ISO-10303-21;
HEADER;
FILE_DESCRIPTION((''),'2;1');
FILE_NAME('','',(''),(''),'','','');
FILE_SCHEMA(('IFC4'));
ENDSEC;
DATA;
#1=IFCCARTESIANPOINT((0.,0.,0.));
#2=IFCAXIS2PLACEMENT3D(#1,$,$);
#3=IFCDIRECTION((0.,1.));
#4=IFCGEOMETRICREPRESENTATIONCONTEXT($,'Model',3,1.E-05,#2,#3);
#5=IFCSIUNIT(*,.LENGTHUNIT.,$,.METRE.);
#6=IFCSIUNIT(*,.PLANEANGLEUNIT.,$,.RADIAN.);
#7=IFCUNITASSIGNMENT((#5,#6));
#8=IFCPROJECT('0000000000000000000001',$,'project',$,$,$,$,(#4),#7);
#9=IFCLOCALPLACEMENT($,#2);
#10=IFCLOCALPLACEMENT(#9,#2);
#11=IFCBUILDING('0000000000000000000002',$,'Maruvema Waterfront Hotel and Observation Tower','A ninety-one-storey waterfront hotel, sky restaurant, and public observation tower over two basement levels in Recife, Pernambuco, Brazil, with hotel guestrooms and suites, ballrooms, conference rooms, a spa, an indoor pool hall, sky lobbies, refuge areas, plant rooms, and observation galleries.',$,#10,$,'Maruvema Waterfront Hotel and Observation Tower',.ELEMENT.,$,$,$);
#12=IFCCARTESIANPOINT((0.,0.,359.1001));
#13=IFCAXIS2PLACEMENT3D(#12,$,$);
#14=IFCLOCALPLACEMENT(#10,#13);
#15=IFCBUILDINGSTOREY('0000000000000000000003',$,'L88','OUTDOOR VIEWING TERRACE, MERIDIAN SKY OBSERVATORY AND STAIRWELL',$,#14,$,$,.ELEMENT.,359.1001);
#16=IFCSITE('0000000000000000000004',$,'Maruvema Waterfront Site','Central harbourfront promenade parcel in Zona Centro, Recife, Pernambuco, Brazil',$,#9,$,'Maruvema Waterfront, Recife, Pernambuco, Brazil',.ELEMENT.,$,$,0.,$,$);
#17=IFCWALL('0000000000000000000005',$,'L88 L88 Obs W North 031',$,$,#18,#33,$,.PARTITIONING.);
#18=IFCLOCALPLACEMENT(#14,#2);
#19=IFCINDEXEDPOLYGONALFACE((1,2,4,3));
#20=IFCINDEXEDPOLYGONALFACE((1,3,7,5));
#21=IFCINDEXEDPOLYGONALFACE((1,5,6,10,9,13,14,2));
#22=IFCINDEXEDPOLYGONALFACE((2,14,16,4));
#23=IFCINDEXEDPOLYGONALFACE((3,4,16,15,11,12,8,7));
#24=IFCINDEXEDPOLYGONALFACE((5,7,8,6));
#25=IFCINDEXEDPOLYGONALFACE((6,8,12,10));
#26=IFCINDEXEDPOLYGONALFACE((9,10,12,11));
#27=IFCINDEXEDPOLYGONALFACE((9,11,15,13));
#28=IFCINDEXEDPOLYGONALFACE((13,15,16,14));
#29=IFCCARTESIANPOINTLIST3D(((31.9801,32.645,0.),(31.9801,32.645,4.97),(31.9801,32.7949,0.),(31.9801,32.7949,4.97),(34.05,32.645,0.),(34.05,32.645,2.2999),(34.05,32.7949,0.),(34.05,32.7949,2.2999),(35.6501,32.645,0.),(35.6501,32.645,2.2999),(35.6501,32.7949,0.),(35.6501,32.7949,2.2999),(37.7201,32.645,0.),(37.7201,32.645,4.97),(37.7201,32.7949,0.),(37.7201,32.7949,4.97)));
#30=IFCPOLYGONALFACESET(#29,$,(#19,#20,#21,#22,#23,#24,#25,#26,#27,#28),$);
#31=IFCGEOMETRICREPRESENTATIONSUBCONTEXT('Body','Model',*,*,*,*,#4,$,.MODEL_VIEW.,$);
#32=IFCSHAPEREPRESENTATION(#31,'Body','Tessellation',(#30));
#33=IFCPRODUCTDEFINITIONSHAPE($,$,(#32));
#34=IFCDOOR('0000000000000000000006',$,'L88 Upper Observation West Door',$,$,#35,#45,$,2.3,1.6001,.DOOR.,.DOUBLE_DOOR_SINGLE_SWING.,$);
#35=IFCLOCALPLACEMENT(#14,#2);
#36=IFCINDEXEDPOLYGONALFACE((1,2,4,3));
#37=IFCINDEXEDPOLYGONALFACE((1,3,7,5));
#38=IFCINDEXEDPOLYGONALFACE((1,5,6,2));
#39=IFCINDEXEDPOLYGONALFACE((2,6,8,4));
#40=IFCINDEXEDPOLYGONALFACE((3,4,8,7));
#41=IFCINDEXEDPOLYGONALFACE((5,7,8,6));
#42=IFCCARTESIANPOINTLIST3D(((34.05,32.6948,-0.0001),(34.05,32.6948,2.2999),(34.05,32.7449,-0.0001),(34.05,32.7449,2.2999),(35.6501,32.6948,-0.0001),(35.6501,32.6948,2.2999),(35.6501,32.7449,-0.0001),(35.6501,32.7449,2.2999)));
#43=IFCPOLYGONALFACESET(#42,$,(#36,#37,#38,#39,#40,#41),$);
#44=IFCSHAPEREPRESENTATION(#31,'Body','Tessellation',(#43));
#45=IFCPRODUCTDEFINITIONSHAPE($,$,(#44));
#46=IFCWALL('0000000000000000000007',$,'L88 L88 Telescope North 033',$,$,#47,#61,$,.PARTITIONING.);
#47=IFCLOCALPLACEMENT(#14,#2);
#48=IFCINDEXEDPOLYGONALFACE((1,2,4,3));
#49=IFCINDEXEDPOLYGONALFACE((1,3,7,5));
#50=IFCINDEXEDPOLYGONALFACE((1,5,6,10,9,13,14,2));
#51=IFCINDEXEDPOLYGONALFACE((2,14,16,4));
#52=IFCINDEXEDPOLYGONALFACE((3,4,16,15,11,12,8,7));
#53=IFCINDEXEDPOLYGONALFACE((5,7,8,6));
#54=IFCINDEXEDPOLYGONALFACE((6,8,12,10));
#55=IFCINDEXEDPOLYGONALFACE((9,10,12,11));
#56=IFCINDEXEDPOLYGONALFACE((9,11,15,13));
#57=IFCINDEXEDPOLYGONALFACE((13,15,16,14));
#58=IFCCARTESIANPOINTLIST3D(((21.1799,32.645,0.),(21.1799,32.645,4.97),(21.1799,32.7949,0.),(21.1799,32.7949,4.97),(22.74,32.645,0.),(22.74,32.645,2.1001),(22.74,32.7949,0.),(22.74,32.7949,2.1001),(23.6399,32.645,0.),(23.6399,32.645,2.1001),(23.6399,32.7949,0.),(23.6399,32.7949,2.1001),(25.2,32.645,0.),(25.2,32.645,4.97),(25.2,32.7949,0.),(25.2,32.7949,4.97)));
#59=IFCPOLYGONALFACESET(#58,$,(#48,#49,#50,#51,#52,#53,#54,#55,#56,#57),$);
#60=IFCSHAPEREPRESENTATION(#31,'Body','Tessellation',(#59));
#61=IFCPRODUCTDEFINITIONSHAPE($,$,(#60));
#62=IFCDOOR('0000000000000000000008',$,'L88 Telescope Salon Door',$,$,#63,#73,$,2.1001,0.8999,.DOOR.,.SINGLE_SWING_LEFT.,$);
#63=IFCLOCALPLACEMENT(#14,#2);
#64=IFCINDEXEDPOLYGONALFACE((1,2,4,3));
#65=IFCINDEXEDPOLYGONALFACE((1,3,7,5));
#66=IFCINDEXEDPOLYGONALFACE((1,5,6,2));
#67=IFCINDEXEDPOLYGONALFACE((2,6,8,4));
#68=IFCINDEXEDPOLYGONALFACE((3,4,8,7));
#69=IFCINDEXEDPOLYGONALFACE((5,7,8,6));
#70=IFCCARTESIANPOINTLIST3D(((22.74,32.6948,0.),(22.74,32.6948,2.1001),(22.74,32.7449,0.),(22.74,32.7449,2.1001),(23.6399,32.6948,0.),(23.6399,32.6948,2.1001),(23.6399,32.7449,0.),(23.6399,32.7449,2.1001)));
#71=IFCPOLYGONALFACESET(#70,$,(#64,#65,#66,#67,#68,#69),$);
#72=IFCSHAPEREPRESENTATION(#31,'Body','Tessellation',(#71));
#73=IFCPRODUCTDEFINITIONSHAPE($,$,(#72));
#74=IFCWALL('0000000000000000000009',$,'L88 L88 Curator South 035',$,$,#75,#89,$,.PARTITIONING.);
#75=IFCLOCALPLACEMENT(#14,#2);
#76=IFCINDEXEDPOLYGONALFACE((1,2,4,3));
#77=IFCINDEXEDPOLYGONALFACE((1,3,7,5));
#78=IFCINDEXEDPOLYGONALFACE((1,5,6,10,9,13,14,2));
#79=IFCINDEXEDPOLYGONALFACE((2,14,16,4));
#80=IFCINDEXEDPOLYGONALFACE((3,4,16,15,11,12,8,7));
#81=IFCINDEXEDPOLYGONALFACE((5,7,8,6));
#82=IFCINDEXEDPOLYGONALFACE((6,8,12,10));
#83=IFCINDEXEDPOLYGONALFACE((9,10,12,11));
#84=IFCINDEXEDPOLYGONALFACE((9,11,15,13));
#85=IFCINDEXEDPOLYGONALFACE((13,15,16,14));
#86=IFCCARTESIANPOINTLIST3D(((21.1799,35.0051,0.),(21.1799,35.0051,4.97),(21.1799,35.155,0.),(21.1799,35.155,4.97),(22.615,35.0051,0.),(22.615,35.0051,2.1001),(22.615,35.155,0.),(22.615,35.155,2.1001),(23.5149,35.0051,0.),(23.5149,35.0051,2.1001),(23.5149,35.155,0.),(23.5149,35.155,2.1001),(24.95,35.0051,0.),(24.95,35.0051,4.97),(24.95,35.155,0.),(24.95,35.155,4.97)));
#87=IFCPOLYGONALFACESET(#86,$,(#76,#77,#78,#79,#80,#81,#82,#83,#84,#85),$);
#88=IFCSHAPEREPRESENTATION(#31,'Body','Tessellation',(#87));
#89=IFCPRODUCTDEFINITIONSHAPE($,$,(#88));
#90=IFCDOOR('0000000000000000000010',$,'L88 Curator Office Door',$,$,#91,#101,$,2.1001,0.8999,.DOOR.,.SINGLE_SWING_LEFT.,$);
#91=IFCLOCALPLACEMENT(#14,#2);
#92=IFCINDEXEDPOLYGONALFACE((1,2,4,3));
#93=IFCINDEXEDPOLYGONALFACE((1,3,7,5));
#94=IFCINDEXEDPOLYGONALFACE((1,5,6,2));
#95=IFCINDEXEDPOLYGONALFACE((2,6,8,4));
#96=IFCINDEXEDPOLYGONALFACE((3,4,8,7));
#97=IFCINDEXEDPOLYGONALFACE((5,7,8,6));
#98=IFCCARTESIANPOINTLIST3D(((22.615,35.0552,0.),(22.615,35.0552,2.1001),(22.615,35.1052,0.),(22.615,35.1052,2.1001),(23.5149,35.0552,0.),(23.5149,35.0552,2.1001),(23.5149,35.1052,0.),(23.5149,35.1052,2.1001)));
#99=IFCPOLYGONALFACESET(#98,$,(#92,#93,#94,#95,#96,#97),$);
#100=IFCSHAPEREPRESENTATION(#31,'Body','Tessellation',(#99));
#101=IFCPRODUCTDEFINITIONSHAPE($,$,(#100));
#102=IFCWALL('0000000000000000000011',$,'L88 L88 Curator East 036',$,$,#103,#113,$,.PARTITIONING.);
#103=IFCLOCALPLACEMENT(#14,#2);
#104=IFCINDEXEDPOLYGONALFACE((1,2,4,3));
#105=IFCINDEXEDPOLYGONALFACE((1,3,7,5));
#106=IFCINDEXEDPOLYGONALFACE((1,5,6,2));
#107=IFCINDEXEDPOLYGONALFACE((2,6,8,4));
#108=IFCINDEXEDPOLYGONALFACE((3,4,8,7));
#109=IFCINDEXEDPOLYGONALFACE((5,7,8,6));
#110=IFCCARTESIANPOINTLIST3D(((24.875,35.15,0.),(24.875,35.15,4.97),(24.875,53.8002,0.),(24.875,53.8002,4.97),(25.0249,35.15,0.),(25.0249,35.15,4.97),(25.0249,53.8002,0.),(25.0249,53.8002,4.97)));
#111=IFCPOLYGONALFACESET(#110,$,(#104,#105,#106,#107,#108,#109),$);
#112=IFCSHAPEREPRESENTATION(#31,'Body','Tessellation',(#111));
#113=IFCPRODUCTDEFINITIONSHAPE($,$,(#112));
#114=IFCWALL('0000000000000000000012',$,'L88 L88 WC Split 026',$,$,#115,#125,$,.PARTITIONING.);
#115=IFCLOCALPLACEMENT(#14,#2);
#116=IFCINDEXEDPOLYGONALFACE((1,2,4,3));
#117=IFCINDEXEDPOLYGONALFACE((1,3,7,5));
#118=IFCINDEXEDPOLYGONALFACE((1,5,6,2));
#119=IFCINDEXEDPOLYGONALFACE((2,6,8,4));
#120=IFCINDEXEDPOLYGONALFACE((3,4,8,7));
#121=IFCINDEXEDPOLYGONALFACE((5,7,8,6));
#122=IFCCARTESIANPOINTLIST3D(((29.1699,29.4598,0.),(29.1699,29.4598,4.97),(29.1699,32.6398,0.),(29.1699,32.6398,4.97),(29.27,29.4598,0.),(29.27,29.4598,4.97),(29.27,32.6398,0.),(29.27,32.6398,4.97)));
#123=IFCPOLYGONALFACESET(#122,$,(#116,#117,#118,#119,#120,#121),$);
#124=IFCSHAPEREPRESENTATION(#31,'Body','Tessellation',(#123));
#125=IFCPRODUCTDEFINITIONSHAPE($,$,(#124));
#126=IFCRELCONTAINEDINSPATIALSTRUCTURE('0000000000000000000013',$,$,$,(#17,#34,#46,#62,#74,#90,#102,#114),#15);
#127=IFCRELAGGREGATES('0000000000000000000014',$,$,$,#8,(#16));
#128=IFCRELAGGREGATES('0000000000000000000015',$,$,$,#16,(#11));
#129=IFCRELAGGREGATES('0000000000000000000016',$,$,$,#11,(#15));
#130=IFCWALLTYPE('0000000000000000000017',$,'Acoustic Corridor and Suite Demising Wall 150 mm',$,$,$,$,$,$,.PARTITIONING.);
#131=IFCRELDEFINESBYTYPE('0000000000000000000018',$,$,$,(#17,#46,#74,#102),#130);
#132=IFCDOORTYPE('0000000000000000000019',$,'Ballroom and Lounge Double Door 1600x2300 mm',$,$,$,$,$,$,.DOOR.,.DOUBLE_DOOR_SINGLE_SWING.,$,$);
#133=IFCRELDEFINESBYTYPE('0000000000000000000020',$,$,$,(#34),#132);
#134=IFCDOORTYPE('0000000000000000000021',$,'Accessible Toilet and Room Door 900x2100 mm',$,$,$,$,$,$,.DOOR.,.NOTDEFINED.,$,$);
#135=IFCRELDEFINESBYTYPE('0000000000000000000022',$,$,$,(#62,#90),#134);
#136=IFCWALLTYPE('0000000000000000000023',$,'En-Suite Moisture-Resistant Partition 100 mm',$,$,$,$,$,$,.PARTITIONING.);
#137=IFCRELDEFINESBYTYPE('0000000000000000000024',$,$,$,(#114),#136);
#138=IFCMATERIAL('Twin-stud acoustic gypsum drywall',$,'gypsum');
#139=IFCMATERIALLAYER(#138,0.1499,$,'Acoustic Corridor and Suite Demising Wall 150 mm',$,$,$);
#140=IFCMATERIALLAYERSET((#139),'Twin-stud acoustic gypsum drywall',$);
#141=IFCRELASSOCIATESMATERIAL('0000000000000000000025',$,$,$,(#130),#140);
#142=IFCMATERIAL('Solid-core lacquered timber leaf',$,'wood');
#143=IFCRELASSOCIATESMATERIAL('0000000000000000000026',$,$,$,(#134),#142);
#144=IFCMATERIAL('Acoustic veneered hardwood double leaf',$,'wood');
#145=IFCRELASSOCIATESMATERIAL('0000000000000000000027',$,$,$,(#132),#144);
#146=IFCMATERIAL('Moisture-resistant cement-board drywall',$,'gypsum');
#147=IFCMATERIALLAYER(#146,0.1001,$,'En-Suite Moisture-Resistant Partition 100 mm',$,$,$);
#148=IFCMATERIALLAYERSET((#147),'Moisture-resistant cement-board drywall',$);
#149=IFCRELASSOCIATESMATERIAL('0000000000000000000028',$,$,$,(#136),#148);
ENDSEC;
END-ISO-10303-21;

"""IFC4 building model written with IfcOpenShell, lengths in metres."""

from ifc_helpers import new_model, si_unit, direction, frame, frame_2d, origin, place, context, subcontext, project, spatial, rectangle, extrude, material, layer, layer_set, type_object, element, fill, save


model = new_model("IFC4")

# Units and contexts
model_context = context("Model", 3, precision=1e-05, world=origin(), true_north=direction((0.0, 1.0)))
body_context = subcontext(model_context, "Body", "Model", "MODEL_VIEW")
ifc_project = project(units=[si_unit("LENGTHUNIT", "METRE"), si_unit("PLANEANGLEUNIT", "RADIAN")], contexts=[model_context])

# Site, building, storey
site_placement = place(None, origin())
site = spatial("IfcSite", under=ifc_project, at=site_placement, Name="Maruvema Waterfront Site", Description="Central harbourfront promenade parcel in Zona Centro, Recife, Pernambuco, Brazil", LongName="Maruvema Waterfront, Recife, Pernambuco, Brazil", CompositionType="ELEMENT", RefElevation=0.0)
building_placement = place(site_placement, origin())
building = spatial("IfcBuilding", under=site, at=building_placement, Name="Maruvema Waterfront Hotel and Observation Tower", Description="A ninety-one-storey waterfront hotel, sky restaurant, and public observation tower over two basement levels in Recife, Pernambuco, Brazil, with hotel guestrooms and suites, ballrooms, conference rooms, a spa, an indoor pool hall, sky lobbies, refuge areas, plant rooms, and observation galleries.", LongName="Maruvema Waterfront Hotel and Observation Tower", CompositionType="ELEMENT")
storey_placement = place(building_placement, frame((0.0, 0.0, 359.1001)))
storey = spatial("IfcBuildingStorey", under=building, at=storey_placement, Name="L88", Description="OUTDOOR VIEWING TERRACE, MERIDIAN SKY OBSERVATORY AND STAIRWELL", CompositionType="ELEMENT", Elevation=359.1001)

# Shared definitions
ifc_material_1 = material(Name="Twin-stud acoustic gypsum drywall", Category="gypsum")
ifc_layer_1 = layer(ifc_material_1, 0.1499, Name="Acoustic Corridor and Suite Demising Wall 150 mm")
ifc_layer_set_1 = layer_set([ifc_layer_1], Name="Twin-stud acoustic gypsum drywall")
wall_type_1 = type_object("IfcWallType", Name="Acoustic Corridor and Suite Demising Wall 150 mm", PredefinedType="PARTITIONING", material=ifc_layer_set_1)
ifc_material_2 = material(Name="Solid-core lacquered timber leaf", Category="wood")
door_type_1 = type_object("IfcDoorType", Name="Accessible Toilet and Room Door 900x2100 mm", OperationType="NOTDEFINED", PredefinedType="DOOR", material=ifc_material_2)

# Walls, openings, doors
wall_1_placement = place(storey_placement, frame((31.98, 32.72, 0.0), z_axis=(0.0, 0.0, 1.0), x_axis=(1.0, 0.0, 0.0)))
wall_1 = element("IfcWall", 1, at=wall_1_placement, inside=storey, type_object=wall_type_1, Name="L88 L88 Obs W North 031", PredefinedType="PARTITIONING", context=body_context, shape_type="SweptSolid", body=[
    extrude(rectangle(XDim=5.74, YDim=0.1499, at=frame_2d((2.8701, 0.0))), origin(), (0.0, 0.0, 1.0), 4.97),
])
opening_1_placement = place(wall_1_placement, frame((2.0701, 0.0, 0.0)))
opening_1 = element("IfcOpeningElement", 2, at=opening_1_placement, cuts=wall_1, PredefinedType="OPENING", context=body_context, shape_type="SweptSolid", body=[
    extrude(rectangle(XDim=1.6001, YDim=2.3, at=frame_2d((0.8, 1.1499))), frame((0.0, 0.085, 0.0), z_axis=(0.0, -1.0, 0.0), x_axis=(1.0, 0.0, 0.0)), (0.0, 0.0, 1.0), 0.1699),
])
ifc_material_3 = material(Name="Acoustic veneered hardwood double leaf", Category="wood")
door_type_2 = type_object("IfcDoorType", Name="Ballroom and Lounge Double Door 1600x2300 mm", OperationType="DOUBLE_DOOR_SINGLE_SWING", PredefinedType="DOOR", material=ifc_material_3)
door_1_placement = place(opening_1_placement, origin())
door_1 = element("IfcDoor", 3, at=door_1_placement, inside=storey, type_object=door_type_2, Name="L88 Upper Observation West Door", OperationType="DOUBLE_DOOR_SINGLE_SWING", OverallHeight=2.3, OverallWidth=1.6001, PredefinedType="DOOR", context=body_context, shape_type="SweptSolid", body=[
    extrude(rectangle(XDim=1.6001, YDim=2.3, at=frame_2d((0.8, 1.1499))), frame((0.0, 0.0249, 0.0), z_axis=(0.0, -1.0, 0.0), x_axis=(1.0, 0.0, 0.0)), (0.0, 0.0, 1.0), 0.05),
])
fill(opening_1, door_1)
wall_2_placement = place(storey_placement, frame((21.1799, 32.72, 0.0), z_axis=(0.0, 0.0, 1.0), x_axis=(1.0, 0.0, 0.0)))
wall_2 = element("IfcWall", 4, at=wall_2_placement, inside=storey, type_object=wall_type_1, Name="L88 L88 Telescope North 033", PredefinedType="PARTITIONING", context=body_context, shape_type="SweptSolid", body=[
    extrude(rectangle(XDim=4.02, YDim=0.1499, at=frame_2d((2.01, 0.0))), origin(), (0.0, 0.0, 1.0), 4.97),
])
opening_2_placement = place(wall_2_placement, frame((1.5601, 0.0, 0.0)))
opening_2 = element("IfcOpeningElement", 5, at=opening_2_placement, cuts=wall_2, PredefinedType="OPENING", context=body_context, shape_type="SweptSolid", body=[
    extrude(rectangle(XDim=0.8999, YDim=2.1001, at=frame_2d((0.45, 1.05))), frame((0.0, 0.085, 0.0), z_axis=(0.0, -1.0, 0.0), x_axis=(1.0, 0.0, 0.0)), (0.0, 0.0, 1.0), 0.1699),
])
door_2_placement = place(opening_2_placement, origin())
door_2 = element("IfcDoor", 6, at=door_2_placement, inside=storey, type_object=door_type_1, Name="L88 Telescope Salon Door", OperationType="SINGLE_SWING_LEFT", OverallHeight=2.1001, OverallWidth=0.8999, PredefinedType="DOOR", context=body_context, shape_type="SweptSolid", body=[
    extrude(rectangle(XDim=0.8999, YDim=2.1001, at=frame_2d((0.45, 1.05))), frame((0.0, 0.0249, 0.0), z_axis=(0.0, -1.0, 0.0), x_axis=(1.0, 0.0, 0.0)), (0.0, 0.0, 1.0), 0.05),
])
fill(opening_2, door_2)
wall_3_placement = place(storey_placement, frame((21.1799, 35.0801, 0.0), z_axis=(0.0, 0.0, 1.0), x_axis=(1.0, 0.0, 0.0)))
wall_3 = element("IfcWall", 7, at=wall_3_placement, inside=storey, type_object=wall_type_1, Name="L88 L88 Curator South 035", PredefinedType="PARTITIONING", context=body_context, shape_type="SweptSolid", body=[
    extrude(rectangle(XDim=3.77, YDim=0.1499, at=frame_2d((1.885, 0.0))), origin(), (0.0, 0.0, 1.0), 4.97),
])
opening_3_placement = place(wall_3_placement, frame((1.4351, 0.0, 0.0)))
opening_3 = element("IfcOpeningElement", 8, at=opening_3_placement, cuts=wall_3, PredefinedType="OPENING", context=body_context, shape_type="SweptSolid", body=[
    extrude(rectangle(XDim=0.8999, YDim=2.1001, at=frame_2d((0.45, 1.05))), frame((0.0, 0.085, 0.0), z_axis=(0.0, -1.0, 0.0), x_axis=(1.0, 0.0, 0.0)), (0.0, 0.0, 1.0), 0.1699),
])
door_3_placement = place(opening_3_placement, frame((0.8999, 0.0, 0.0), z_axis=(0.0, 0.0, 1.0), x_axis=(-1.0, 0.0, 0.0)))
door_3 = element("IfcDoor", 9, at=door_3_placement, inside=storey, type_object=door_type_1, Name="L88 Curator Office Door", OperationType="SINGLE_SWING_LEFT", OverallHeight=2.1001, OverallWidth=0.8999, PredefinedType="DOOR", context=body_context, shape_type="SweptSolid", body=[
    extrude(rectangle(XDim=0.8999, YDim=2.1001, at=frame_2d((0.45, 1.05))), frame((0.0, 0.0249, 0.0), z_axis=(0.0, -1.0, 0.0), x_axis=(1.0, 0.0, 0.0)), (0.0, 0.0, 1.0), 0.05),
])
fill(opening_3, door_3)

# Walls
wall_4_placement = place(storey_placement, frame((24.95, 35.1499, 0.0), z_axis=(0.0, 0.0, 1.0), x_axis=(0.0, 1.0, 0.0)))
element("IfcWall", 10, at=wall_4_placement, inside=storey, type_object=wall_type_1, Name="L88 L88 Curator East 036", PredefinedType="PARTITIONING", context=body_context, shape_type="SweptSolid", body=[
    extrude(rectangle(XDim=18.6501, YDim=0.1499, at=frame_2d((9.3252, 0.0))), origin(), (0.0, 0.0, 1.0), 4.97),
])
ifc_material_4 = material(Name="Moisture-resistant cement-board drywall", Category="gypsum")
ifc_layer_2 = layer(ifc_material_4, 0.1001, Name="En-Suite Moisture-Resistant Partition 100 mm")
ifc_layer_set_2 = layer_set([ifc_layer_2], Name="Moisture-resistant cement-board drywall")
wall_type_2 = type_object("IfcWallType", Name="En-Suite Moisture-Resistant Partition 100 mm", PredefinedType="PARTITIONING", material=ifc_layer_set_2)
wall_5_placement = place(storey_placement, frame((29.22, 29.46, 0.0), z_axis=(0.0, 0.0, 1.0), x_axis=(0.0, 1.0, 0.0)))
element("IfcWall", 11, at=wall_5_placement, inside=storey, type_object=wall_type_2, Name="L88 L88 WC Split 026", PredefinedType="PARTITIONING", context=body_context, shape_type="SweptSolid", body=[
    extrude(rectangle(XDim=3.1799, YDim=0.1001, at=frame_2d((1.5898, 0.0))), origin(), (0.0, 0.0, 1.0), 4.97),
])

save(model, "model.ifc")
